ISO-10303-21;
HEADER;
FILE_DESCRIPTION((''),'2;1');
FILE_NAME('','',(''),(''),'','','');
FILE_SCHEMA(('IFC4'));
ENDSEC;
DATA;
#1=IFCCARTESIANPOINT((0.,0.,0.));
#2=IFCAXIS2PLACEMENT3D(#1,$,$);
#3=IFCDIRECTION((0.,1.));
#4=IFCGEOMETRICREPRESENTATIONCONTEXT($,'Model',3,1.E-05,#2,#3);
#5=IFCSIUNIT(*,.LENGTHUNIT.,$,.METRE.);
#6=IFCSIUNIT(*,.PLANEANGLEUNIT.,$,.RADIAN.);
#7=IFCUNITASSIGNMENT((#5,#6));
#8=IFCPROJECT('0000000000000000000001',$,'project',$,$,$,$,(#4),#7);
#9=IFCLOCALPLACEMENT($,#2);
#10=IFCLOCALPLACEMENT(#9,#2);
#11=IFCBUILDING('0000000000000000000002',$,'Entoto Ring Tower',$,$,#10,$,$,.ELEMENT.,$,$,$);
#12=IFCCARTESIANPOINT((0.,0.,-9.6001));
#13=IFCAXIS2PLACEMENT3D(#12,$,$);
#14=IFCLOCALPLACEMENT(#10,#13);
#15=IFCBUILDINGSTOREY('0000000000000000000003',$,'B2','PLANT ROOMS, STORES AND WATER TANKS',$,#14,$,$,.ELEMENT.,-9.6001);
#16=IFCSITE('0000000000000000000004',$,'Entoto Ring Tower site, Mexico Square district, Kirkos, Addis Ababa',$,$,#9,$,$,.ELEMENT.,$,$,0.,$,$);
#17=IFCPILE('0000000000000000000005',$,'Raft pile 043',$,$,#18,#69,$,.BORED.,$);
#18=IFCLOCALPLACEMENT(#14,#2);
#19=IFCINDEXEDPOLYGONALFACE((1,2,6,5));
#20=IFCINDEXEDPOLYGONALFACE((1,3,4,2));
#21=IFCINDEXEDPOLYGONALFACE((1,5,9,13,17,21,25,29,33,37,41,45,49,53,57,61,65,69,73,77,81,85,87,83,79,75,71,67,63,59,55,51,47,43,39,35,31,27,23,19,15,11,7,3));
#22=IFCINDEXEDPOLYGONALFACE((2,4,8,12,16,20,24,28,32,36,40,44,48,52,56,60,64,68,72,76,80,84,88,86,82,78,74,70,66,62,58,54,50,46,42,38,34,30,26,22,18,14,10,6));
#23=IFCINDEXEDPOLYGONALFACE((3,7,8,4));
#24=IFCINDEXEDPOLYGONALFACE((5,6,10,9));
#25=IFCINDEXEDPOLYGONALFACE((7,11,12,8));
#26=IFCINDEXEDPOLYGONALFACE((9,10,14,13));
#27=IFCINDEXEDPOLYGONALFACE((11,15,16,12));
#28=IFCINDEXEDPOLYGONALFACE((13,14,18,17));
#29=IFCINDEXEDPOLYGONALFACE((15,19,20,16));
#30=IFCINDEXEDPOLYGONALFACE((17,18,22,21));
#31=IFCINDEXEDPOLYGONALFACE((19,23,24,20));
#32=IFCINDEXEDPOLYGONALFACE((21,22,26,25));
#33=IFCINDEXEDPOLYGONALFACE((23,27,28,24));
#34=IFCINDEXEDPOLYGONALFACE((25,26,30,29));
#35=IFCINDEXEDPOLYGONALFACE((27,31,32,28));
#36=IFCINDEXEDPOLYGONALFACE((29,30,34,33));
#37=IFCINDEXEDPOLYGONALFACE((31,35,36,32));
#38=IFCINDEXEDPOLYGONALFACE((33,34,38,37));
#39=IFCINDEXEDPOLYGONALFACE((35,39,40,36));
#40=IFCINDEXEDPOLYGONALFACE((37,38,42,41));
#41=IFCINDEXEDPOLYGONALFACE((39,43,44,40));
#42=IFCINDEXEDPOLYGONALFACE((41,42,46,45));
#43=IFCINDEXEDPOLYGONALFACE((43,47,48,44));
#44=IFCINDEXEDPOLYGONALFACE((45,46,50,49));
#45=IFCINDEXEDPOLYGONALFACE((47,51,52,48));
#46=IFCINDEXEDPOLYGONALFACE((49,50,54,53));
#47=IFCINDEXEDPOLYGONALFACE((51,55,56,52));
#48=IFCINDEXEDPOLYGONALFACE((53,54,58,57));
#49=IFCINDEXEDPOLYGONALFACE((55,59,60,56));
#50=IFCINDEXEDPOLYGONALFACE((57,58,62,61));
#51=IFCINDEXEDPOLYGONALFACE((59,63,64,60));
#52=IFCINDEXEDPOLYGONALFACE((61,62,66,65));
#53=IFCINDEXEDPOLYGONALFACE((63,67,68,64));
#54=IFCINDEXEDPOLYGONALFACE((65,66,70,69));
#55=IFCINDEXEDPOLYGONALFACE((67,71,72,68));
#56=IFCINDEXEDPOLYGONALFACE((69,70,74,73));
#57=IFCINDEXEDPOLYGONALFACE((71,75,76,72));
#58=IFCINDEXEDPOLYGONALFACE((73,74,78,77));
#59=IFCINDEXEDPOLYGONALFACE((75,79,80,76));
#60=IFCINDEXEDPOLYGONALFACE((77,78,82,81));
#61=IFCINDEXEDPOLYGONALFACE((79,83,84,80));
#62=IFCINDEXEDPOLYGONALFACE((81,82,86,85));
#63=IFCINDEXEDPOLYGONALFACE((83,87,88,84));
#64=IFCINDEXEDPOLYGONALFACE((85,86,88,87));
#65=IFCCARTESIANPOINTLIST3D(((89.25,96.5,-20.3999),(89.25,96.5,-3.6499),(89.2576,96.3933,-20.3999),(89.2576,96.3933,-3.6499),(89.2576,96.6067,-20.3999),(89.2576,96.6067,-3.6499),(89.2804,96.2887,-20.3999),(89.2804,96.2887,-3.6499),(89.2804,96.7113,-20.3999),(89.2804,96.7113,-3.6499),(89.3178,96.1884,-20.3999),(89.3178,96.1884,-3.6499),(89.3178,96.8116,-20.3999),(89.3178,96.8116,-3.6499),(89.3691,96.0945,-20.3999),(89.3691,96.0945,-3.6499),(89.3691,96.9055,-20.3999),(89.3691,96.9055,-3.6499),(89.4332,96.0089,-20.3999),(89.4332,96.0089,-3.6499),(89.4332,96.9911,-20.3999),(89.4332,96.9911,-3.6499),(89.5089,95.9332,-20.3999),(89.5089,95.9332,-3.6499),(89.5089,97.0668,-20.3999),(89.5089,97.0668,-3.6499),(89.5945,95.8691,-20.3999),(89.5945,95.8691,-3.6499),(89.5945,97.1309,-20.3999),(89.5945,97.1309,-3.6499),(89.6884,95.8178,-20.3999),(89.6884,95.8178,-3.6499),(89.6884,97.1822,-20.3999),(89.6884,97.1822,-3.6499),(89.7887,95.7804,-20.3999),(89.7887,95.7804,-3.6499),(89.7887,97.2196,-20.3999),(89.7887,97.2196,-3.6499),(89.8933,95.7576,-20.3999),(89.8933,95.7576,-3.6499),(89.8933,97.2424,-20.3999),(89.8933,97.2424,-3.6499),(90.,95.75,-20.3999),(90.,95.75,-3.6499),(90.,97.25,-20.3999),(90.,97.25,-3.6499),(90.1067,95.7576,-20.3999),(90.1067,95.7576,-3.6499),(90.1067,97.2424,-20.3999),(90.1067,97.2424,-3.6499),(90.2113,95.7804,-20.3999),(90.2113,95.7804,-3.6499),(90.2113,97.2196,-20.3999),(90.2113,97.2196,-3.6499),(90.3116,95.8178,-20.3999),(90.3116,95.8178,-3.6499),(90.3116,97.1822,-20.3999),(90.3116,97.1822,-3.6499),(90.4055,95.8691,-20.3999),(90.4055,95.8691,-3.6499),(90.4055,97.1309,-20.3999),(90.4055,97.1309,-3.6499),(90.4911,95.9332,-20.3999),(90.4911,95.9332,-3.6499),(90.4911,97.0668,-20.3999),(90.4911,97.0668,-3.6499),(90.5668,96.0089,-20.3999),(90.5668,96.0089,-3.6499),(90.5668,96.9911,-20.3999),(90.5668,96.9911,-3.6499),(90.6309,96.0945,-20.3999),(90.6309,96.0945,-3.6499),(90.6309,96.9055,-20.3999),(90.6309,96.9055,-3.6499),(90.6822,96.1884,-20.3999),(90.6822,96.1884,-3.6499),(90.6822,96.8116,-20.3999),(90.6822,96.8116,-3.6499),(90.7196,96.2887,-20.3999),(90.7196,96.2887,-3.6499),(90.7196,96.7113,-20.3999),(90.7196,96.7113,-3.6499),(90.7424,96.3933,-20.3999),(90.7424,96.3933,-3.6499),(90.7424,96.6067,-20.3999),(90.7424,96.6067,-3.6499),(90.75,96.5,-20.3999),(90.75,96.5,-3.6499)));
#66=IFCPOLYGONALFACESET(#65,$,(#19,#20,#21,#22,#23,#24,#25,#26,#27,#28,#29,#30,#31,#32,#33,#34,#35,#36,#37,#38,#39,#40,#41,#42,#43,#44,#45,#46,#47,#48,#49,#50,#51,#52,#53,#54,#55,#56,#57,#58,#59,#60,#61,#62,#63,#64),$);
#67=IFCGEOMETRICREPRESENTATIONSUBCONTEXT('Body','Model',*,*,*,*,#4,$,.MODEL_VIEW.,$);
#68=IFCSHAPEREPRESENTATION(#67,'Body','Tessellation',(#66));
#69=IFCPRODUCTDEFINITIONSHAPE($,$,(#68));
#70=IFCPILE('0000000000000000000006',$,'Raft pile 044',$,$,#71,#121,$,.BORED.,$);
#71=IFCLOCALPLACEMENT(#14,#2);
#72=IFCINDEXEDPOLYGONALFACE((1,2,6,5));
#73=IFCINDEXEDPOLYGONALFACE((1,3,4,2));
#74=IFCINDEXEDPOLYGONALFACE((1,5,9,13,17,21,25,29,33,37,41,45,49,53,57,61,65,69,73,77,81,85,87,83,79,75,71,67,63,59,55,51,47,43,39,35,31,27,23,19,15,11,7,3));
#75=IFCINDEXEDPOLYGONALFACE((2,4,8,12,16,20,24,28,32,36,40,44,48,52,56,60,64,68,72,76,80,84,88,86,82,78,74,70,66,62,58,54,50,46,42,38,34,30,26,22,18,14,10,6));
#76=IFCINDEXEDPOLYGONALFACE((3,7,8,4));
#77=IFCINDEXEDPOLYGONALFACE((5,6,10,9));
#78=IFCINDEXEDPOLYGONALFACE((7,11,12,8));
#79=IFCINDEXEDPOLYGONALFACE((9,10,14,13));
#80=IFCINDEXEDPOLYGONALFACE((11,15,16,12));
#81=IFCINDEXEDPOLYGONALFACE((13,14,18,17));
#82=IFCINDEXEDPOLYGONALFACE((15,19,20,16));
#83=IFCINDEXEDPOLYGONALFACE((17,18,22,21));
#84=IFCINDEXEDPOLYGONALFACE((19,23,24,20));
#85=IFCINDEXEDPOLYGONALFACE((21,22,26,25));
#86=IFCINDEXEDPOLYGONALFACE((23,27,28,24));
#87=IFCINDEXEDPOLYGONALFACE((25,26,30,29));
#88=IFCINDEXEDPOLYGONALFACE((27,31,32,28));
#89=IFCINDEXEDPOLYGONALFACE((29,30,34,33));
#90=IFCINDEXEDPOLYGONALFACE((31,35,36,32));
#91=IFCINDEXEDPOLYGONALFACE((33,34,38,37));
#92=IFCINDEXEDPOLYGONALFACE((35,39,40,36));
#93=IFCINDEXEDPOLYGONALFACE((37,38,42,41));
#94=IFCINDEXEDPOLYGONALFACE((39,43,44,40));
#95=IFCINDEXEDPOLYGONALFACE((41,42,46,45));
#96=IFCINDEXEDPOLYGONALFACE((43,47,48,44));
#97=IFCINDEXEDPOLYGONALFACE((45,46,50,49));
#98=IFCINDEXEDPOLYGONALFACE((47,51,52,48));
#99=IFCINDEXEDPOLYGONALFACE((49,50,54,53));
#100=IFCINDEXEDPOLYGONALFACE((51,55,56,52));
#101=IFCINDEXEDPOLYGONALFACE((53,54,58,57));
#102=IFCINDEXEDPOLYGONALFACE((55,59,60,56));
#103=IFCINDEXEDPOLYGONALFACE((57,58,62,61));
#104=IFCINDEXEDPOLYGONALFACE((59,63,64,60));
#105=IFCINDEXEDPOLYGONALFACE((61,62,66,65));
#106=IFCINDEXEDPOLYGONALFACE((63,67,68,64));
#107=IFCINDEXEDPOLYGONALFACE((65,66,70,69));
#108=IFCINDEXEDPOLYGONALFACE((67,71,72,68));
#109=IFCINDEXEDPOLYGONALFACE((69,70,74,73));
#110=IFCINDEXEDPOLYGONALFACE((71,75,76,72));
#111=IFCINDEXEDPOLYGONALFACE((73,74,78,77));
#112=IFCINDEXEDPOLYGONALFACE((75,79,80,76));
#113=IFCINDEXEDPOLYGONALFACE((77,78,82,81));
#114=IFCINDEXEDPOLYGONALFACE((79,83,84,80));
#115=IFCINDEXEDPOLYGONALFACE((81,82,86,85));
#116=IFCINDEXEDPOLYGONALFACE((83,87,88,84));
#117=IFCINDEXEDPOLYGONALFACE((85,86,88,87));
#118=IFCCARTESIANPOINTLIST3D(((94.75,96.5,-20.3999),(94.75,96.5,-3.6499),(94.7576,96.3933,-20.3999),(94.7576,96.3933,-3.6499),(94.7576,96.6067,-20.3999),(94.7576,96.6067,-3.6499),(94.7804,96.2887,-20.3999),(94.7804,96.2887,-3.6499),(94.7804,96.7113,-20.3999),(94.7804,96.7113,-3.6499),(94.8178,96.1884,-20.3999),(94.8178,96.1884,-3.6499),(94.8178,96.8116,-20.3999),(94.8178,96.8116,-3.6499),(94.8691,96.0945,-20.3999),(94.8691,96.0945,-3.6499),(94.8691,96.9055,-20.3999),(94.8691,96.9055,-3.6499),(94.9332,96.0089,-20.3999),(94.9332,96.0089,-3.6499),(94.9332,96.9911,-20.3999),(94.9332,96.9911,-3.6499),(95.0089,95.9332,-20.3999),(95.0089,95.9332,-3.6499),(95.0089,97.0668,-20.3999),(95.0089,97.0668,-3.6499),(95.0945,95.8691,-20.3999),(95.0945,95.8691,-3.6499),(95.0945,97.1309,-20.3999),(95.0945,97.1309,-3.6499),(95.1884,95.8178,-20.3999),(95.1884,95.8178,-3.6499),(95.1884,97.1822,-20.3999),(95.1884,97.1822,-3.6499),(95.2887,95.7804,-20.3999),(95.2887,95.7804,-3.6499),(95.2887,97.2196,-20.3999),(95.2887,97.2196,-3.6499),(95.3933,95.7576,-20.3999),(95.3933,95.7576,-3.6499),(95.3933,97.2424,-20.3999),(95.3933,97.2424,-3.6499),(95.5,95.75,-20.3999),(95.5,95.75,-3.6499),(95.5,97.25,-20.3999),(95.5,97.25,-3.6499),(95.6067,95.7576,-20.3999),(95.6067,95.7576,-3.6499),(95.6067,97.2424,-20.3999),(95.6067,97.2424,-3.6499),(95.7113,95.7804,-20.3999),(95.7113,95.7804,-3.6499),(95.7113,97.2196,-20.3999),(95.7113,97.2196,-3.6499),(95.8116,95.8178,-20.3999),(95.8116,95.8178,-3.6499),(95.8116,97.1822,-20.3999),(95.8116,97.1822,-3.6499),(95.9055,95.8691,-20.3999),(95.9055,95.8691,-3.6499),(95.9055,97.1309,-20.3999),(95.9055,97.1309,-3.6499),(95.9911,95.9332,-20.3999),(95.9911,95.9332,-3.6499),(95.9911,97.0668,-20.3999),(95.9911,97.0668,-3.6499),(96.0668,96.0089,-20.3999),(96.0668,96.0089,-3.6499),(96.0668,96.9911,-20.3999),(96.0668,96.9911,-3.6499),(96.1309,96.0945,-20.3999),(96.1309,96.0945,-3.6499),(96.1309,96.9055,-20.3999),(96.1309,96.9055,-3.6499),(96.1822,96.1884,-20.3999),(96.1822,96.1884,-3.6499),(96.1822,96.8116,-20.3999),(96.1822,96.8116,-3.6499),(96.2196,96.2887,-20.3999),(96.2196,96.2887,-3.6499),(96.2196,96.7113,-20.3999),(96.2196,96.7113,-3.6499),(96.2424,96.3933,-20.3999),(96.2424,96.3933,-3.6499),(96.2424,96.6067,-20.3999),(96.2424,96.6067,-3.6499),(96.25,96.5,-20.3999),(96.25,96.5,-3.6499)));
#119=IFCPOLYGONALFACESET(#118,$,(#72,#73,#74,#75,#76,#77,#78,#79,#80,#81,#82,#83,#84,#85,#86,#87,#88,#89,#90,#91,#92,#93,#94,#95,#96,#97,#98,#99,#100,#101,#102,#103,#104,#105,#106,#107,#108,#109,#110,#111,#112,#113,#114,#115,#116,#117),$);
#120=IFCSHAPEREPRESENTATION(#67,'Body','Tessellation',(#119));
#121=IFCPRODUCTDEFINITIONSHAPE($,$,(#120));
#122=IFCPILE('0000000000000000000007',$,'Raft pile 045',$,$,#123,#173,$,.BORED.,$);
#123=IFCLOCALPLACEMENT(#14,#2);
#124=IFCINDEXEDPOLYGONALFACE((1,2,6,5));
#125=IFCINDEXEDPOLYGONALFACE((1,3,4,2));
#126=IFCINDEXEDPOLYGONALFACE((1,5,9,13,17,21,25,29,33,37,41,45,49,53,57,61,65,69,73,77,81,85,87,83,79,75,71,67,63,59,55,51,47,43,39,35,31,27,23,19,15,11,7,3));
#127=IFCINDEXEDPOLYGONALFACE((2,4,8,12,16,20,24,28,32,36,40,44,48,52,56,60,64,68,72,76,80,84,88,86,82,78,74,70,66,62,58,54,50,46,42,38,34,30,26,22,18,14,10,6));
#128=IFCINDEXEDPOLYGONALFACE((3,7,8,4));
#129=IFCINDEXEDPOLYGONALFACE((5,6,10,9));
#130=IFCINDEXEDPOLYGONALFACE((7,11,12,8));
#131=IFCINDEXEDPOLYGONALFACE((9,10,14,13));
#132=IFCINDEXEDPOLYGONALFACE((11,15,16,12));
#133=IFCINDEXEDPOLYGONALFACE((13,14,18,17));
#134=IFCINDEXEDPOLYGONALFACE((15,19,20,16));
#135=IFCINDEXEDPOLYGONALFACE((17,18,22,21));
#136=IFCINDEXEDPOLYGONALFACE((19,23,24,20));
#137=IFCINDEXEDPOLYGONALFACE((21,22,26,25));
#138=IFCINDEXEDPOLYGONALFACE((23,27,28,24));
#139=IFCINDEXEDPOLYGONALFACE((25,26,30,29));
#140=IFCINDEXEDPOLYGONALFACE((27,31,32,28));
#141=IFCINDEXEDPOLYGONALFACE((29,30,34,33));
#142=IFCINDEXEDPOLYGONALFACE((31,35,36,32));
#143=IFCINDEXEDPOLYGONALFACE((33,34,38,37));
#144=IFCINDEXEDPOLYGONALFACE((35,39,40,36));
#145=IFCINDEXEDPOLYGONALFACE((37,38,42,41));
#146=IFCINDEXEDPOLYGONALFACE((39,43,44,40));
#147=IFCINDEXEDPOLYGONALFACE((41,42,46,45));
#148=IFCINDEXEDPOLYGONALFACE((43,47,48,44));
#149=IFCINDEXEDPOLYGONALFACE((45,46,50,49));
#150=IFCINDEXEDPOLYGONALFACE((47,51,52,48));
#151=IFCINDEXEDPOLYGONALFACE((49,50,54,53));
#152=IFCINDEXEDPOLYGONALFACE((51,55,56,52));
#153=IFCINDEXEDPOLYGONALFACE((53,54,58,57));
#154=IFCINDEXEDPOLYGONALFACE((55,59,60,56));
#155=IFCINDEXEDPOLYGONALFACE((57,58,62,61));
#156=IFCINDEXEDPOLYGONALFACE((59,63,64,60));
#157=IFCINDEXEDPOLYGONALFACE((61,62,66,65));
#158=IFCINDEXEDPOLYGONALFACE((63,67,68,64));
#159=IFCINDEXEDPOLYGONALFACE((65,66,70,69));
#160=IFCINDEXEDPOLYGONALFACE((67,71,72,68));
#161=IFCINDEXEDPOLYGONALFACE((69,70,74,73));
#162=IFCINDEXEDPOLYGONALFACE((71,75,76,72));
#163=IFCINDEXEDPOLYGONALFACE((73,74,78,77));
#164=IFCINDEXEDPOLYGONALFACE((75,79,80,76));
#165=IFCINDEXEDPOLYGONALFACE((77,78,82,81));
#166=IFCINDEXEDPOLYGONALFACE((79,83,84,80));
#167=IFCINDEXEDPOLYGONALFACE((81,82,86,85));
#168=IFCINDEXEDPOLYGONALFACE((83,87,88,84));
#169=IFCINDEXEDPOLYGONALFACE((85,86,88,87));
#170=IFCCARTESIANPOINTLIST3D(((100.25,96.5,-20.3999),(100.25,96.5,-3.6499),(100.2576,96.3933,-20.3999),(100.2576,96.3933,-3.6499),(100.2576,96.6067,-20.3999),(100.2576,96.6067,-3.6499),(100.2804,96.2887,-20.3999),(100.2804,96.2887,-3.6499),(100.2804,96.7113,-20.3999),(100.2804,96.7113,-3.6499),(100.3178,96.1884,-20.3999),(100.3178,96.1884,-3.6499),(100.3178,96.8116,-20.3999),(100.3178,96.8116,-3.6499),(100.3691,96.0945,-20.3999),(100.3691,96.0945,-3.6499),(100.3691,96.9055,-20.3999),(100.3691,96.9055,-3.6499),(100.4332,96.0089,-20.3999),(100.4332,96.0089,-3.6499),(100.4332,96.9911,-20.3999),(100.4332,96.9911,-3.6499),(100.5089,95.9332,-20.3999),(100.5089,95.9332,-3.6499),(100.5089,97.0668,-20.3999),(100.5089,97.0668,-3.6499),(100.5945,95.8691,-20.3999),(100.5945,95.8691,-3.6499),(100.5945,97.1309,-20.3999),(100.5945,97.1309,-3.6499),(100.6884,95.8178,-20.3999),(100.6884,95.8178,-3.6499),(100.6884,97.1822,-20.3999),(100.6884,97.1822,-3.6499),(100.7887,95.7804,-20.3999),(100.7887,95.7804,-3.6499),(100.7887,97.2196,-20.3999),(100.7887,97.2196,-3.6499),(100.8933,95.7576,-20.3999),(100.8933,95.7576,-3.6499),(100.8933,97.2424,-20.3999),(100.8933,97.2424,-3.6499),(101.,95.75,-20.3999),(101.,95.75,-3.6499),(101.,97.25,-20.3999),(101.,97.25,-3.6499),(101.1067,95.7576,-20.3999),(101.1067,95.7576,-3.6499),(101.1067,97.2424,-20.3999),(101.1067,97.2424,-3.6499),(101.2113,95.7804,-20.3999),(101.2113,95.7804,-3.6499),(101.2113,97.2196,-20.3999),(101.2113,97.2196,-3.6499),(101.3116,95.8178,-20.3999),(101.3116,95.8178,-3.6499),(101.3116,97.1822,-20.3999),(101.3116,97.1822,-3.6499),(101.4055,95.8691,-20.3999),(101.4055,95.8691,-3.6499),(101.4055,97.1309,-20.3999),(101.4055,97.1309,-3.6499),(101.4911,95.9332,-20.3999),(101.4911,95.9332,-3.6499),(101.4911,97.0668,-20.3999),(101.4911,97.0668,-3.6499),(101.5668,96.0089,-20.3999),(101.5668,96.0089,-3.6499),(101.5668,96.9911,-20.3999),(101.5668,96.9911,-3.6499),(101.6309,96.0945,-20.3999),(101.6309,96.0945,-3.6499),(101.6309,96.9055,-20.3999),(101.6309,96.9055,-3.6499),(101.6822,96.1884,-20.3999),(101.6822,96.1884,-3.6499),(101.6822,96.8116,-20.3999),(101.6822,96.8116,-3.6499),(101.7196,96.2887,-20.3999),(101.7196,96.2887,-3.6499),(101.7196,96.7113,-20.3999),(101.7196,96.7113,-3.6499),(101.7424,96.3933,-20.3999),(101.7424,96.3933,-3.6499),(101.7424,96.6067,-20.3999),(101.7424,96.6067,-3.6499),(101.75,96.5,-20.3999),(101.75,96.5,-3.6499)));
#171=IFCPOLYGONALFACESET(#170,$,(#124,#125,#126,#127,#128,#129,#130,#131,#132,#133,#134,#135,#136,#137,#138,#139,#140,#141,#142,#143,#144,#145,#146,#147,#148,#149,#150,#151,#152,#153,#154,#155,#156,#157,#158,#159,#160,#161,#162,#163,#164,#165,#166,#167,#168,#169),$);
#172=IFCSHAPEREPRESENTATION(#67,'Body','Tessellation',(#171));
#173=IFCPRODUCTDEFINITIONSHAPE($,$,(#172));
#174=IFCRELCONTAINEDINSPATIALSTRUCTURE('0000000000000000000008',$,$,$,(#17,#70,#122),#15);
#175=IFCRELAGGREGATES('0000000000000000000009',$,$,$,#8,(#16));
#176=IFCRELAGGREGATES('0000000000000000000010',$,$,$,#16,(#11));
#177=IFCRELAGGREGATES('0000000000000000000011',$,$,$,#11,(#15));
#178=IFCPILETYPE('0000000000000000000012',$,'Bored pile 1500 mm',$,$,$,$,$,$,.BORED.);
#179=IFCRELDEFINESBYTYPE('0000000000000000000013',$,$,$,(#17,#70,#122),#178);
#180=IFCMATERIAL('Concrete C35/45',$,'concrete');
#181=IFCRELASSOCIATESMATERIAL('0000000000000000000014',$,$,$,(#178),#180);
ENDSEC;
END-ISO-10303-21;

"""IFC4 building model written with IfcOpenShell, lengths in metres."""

from ifc_helpers import new_model, si_unit, direction, frame, origin, origin_2d, place, context, subcontext, project, spatial, circle, extrude, material, material_profile, profile_set, type_object, element, save


model = new_model("IFC4")

# Units and contexts
model_context = context("Model", 3, precision=1e-05, world=origin(), true_north=direction((0.0, 1.0)))
body_context = subcontext(model_context, "Body", "Model", "MODEL_VIEW")
ifc_project = project(units=[si_unit("LENGTHUNIT", "METRE"), si_unit("PLANEANGLEUNIT", "RADIAN")], contexts=[model_context])

# Site, building, storey
site_placement = place(None, origin())
site = spatial("IfcSite", under=ifc_project, at=site_placement, Name="Entoto Ring Tower site, Mexico Square district, Kirkos, Addis Ababa", CompositionType="ELEMENT", RefElevation=0.0)
building_placement = place(site_placement, origin())
building = spatial("IfcBuilding", under=site, at=building_placement, Name="Entoto Ring Tower", CompositionType="ELEMENT")
storey_placement = place(building_placement, frame((0.0, 0.0, -9.6001)))
storey = spatial("IfcBuildingStorey", under=building, at=storey_placement, Name="B2", Description="PLANT ROOMS, STORES AND WATER TANKS", CompositionType="ELEMENT", Elevation=-9.6001)

# Piles
ifc_material_1 = material(Name="Concrete C35/45", Category="concrete")
ifc_material_profile_1 = material_profile(ifc_material_1, circle(Radius=0.75, at=origin_2d()), Name="Bored pile 1500 mm")
ifc_profile_set_1 = profile_set([ifc_material_profile_1], Name="Concrete C35/45")
pile_type_1 = type_object("IfcPileType", Name="Bored pile 1500 mm", PredefinedType="BORED", material=ifc_profile_set_1)
for number, where, z_axis, x_axis, name in (
    (1, (90.0, 96.5, -3.6499), (0.0, 0.0, -1.0), (1.0, 0.0, 0.0), "Raft pile 043"),
    (2, (95.5, 96.5, -3.6499), (0.0, 0.0, -1.0), (1.0, 0.0, 0.0), "Raft pile 044"),
    (3, (101.0, 96.5, -3.6499), (0.0, 0.0, -1.0), (1.0, 0.0, 0.0), "Raft pile 045"),
):
    element("IfcPile", number, at=place(storey_placement, frame(where, z_axis=z_axis, x_axis=x_axis)), inside=storey, type_object=pile_type_1, Name=name, PredefinedType="BORED", context=body_context, shape_type="SweptSolid", body=[
        extrude(circle(Radius=0.75, at=origin_2d()), origin(), (0.0, 0.0, 1.0), 16.75),
    ])

save(model, "model.ifc")
